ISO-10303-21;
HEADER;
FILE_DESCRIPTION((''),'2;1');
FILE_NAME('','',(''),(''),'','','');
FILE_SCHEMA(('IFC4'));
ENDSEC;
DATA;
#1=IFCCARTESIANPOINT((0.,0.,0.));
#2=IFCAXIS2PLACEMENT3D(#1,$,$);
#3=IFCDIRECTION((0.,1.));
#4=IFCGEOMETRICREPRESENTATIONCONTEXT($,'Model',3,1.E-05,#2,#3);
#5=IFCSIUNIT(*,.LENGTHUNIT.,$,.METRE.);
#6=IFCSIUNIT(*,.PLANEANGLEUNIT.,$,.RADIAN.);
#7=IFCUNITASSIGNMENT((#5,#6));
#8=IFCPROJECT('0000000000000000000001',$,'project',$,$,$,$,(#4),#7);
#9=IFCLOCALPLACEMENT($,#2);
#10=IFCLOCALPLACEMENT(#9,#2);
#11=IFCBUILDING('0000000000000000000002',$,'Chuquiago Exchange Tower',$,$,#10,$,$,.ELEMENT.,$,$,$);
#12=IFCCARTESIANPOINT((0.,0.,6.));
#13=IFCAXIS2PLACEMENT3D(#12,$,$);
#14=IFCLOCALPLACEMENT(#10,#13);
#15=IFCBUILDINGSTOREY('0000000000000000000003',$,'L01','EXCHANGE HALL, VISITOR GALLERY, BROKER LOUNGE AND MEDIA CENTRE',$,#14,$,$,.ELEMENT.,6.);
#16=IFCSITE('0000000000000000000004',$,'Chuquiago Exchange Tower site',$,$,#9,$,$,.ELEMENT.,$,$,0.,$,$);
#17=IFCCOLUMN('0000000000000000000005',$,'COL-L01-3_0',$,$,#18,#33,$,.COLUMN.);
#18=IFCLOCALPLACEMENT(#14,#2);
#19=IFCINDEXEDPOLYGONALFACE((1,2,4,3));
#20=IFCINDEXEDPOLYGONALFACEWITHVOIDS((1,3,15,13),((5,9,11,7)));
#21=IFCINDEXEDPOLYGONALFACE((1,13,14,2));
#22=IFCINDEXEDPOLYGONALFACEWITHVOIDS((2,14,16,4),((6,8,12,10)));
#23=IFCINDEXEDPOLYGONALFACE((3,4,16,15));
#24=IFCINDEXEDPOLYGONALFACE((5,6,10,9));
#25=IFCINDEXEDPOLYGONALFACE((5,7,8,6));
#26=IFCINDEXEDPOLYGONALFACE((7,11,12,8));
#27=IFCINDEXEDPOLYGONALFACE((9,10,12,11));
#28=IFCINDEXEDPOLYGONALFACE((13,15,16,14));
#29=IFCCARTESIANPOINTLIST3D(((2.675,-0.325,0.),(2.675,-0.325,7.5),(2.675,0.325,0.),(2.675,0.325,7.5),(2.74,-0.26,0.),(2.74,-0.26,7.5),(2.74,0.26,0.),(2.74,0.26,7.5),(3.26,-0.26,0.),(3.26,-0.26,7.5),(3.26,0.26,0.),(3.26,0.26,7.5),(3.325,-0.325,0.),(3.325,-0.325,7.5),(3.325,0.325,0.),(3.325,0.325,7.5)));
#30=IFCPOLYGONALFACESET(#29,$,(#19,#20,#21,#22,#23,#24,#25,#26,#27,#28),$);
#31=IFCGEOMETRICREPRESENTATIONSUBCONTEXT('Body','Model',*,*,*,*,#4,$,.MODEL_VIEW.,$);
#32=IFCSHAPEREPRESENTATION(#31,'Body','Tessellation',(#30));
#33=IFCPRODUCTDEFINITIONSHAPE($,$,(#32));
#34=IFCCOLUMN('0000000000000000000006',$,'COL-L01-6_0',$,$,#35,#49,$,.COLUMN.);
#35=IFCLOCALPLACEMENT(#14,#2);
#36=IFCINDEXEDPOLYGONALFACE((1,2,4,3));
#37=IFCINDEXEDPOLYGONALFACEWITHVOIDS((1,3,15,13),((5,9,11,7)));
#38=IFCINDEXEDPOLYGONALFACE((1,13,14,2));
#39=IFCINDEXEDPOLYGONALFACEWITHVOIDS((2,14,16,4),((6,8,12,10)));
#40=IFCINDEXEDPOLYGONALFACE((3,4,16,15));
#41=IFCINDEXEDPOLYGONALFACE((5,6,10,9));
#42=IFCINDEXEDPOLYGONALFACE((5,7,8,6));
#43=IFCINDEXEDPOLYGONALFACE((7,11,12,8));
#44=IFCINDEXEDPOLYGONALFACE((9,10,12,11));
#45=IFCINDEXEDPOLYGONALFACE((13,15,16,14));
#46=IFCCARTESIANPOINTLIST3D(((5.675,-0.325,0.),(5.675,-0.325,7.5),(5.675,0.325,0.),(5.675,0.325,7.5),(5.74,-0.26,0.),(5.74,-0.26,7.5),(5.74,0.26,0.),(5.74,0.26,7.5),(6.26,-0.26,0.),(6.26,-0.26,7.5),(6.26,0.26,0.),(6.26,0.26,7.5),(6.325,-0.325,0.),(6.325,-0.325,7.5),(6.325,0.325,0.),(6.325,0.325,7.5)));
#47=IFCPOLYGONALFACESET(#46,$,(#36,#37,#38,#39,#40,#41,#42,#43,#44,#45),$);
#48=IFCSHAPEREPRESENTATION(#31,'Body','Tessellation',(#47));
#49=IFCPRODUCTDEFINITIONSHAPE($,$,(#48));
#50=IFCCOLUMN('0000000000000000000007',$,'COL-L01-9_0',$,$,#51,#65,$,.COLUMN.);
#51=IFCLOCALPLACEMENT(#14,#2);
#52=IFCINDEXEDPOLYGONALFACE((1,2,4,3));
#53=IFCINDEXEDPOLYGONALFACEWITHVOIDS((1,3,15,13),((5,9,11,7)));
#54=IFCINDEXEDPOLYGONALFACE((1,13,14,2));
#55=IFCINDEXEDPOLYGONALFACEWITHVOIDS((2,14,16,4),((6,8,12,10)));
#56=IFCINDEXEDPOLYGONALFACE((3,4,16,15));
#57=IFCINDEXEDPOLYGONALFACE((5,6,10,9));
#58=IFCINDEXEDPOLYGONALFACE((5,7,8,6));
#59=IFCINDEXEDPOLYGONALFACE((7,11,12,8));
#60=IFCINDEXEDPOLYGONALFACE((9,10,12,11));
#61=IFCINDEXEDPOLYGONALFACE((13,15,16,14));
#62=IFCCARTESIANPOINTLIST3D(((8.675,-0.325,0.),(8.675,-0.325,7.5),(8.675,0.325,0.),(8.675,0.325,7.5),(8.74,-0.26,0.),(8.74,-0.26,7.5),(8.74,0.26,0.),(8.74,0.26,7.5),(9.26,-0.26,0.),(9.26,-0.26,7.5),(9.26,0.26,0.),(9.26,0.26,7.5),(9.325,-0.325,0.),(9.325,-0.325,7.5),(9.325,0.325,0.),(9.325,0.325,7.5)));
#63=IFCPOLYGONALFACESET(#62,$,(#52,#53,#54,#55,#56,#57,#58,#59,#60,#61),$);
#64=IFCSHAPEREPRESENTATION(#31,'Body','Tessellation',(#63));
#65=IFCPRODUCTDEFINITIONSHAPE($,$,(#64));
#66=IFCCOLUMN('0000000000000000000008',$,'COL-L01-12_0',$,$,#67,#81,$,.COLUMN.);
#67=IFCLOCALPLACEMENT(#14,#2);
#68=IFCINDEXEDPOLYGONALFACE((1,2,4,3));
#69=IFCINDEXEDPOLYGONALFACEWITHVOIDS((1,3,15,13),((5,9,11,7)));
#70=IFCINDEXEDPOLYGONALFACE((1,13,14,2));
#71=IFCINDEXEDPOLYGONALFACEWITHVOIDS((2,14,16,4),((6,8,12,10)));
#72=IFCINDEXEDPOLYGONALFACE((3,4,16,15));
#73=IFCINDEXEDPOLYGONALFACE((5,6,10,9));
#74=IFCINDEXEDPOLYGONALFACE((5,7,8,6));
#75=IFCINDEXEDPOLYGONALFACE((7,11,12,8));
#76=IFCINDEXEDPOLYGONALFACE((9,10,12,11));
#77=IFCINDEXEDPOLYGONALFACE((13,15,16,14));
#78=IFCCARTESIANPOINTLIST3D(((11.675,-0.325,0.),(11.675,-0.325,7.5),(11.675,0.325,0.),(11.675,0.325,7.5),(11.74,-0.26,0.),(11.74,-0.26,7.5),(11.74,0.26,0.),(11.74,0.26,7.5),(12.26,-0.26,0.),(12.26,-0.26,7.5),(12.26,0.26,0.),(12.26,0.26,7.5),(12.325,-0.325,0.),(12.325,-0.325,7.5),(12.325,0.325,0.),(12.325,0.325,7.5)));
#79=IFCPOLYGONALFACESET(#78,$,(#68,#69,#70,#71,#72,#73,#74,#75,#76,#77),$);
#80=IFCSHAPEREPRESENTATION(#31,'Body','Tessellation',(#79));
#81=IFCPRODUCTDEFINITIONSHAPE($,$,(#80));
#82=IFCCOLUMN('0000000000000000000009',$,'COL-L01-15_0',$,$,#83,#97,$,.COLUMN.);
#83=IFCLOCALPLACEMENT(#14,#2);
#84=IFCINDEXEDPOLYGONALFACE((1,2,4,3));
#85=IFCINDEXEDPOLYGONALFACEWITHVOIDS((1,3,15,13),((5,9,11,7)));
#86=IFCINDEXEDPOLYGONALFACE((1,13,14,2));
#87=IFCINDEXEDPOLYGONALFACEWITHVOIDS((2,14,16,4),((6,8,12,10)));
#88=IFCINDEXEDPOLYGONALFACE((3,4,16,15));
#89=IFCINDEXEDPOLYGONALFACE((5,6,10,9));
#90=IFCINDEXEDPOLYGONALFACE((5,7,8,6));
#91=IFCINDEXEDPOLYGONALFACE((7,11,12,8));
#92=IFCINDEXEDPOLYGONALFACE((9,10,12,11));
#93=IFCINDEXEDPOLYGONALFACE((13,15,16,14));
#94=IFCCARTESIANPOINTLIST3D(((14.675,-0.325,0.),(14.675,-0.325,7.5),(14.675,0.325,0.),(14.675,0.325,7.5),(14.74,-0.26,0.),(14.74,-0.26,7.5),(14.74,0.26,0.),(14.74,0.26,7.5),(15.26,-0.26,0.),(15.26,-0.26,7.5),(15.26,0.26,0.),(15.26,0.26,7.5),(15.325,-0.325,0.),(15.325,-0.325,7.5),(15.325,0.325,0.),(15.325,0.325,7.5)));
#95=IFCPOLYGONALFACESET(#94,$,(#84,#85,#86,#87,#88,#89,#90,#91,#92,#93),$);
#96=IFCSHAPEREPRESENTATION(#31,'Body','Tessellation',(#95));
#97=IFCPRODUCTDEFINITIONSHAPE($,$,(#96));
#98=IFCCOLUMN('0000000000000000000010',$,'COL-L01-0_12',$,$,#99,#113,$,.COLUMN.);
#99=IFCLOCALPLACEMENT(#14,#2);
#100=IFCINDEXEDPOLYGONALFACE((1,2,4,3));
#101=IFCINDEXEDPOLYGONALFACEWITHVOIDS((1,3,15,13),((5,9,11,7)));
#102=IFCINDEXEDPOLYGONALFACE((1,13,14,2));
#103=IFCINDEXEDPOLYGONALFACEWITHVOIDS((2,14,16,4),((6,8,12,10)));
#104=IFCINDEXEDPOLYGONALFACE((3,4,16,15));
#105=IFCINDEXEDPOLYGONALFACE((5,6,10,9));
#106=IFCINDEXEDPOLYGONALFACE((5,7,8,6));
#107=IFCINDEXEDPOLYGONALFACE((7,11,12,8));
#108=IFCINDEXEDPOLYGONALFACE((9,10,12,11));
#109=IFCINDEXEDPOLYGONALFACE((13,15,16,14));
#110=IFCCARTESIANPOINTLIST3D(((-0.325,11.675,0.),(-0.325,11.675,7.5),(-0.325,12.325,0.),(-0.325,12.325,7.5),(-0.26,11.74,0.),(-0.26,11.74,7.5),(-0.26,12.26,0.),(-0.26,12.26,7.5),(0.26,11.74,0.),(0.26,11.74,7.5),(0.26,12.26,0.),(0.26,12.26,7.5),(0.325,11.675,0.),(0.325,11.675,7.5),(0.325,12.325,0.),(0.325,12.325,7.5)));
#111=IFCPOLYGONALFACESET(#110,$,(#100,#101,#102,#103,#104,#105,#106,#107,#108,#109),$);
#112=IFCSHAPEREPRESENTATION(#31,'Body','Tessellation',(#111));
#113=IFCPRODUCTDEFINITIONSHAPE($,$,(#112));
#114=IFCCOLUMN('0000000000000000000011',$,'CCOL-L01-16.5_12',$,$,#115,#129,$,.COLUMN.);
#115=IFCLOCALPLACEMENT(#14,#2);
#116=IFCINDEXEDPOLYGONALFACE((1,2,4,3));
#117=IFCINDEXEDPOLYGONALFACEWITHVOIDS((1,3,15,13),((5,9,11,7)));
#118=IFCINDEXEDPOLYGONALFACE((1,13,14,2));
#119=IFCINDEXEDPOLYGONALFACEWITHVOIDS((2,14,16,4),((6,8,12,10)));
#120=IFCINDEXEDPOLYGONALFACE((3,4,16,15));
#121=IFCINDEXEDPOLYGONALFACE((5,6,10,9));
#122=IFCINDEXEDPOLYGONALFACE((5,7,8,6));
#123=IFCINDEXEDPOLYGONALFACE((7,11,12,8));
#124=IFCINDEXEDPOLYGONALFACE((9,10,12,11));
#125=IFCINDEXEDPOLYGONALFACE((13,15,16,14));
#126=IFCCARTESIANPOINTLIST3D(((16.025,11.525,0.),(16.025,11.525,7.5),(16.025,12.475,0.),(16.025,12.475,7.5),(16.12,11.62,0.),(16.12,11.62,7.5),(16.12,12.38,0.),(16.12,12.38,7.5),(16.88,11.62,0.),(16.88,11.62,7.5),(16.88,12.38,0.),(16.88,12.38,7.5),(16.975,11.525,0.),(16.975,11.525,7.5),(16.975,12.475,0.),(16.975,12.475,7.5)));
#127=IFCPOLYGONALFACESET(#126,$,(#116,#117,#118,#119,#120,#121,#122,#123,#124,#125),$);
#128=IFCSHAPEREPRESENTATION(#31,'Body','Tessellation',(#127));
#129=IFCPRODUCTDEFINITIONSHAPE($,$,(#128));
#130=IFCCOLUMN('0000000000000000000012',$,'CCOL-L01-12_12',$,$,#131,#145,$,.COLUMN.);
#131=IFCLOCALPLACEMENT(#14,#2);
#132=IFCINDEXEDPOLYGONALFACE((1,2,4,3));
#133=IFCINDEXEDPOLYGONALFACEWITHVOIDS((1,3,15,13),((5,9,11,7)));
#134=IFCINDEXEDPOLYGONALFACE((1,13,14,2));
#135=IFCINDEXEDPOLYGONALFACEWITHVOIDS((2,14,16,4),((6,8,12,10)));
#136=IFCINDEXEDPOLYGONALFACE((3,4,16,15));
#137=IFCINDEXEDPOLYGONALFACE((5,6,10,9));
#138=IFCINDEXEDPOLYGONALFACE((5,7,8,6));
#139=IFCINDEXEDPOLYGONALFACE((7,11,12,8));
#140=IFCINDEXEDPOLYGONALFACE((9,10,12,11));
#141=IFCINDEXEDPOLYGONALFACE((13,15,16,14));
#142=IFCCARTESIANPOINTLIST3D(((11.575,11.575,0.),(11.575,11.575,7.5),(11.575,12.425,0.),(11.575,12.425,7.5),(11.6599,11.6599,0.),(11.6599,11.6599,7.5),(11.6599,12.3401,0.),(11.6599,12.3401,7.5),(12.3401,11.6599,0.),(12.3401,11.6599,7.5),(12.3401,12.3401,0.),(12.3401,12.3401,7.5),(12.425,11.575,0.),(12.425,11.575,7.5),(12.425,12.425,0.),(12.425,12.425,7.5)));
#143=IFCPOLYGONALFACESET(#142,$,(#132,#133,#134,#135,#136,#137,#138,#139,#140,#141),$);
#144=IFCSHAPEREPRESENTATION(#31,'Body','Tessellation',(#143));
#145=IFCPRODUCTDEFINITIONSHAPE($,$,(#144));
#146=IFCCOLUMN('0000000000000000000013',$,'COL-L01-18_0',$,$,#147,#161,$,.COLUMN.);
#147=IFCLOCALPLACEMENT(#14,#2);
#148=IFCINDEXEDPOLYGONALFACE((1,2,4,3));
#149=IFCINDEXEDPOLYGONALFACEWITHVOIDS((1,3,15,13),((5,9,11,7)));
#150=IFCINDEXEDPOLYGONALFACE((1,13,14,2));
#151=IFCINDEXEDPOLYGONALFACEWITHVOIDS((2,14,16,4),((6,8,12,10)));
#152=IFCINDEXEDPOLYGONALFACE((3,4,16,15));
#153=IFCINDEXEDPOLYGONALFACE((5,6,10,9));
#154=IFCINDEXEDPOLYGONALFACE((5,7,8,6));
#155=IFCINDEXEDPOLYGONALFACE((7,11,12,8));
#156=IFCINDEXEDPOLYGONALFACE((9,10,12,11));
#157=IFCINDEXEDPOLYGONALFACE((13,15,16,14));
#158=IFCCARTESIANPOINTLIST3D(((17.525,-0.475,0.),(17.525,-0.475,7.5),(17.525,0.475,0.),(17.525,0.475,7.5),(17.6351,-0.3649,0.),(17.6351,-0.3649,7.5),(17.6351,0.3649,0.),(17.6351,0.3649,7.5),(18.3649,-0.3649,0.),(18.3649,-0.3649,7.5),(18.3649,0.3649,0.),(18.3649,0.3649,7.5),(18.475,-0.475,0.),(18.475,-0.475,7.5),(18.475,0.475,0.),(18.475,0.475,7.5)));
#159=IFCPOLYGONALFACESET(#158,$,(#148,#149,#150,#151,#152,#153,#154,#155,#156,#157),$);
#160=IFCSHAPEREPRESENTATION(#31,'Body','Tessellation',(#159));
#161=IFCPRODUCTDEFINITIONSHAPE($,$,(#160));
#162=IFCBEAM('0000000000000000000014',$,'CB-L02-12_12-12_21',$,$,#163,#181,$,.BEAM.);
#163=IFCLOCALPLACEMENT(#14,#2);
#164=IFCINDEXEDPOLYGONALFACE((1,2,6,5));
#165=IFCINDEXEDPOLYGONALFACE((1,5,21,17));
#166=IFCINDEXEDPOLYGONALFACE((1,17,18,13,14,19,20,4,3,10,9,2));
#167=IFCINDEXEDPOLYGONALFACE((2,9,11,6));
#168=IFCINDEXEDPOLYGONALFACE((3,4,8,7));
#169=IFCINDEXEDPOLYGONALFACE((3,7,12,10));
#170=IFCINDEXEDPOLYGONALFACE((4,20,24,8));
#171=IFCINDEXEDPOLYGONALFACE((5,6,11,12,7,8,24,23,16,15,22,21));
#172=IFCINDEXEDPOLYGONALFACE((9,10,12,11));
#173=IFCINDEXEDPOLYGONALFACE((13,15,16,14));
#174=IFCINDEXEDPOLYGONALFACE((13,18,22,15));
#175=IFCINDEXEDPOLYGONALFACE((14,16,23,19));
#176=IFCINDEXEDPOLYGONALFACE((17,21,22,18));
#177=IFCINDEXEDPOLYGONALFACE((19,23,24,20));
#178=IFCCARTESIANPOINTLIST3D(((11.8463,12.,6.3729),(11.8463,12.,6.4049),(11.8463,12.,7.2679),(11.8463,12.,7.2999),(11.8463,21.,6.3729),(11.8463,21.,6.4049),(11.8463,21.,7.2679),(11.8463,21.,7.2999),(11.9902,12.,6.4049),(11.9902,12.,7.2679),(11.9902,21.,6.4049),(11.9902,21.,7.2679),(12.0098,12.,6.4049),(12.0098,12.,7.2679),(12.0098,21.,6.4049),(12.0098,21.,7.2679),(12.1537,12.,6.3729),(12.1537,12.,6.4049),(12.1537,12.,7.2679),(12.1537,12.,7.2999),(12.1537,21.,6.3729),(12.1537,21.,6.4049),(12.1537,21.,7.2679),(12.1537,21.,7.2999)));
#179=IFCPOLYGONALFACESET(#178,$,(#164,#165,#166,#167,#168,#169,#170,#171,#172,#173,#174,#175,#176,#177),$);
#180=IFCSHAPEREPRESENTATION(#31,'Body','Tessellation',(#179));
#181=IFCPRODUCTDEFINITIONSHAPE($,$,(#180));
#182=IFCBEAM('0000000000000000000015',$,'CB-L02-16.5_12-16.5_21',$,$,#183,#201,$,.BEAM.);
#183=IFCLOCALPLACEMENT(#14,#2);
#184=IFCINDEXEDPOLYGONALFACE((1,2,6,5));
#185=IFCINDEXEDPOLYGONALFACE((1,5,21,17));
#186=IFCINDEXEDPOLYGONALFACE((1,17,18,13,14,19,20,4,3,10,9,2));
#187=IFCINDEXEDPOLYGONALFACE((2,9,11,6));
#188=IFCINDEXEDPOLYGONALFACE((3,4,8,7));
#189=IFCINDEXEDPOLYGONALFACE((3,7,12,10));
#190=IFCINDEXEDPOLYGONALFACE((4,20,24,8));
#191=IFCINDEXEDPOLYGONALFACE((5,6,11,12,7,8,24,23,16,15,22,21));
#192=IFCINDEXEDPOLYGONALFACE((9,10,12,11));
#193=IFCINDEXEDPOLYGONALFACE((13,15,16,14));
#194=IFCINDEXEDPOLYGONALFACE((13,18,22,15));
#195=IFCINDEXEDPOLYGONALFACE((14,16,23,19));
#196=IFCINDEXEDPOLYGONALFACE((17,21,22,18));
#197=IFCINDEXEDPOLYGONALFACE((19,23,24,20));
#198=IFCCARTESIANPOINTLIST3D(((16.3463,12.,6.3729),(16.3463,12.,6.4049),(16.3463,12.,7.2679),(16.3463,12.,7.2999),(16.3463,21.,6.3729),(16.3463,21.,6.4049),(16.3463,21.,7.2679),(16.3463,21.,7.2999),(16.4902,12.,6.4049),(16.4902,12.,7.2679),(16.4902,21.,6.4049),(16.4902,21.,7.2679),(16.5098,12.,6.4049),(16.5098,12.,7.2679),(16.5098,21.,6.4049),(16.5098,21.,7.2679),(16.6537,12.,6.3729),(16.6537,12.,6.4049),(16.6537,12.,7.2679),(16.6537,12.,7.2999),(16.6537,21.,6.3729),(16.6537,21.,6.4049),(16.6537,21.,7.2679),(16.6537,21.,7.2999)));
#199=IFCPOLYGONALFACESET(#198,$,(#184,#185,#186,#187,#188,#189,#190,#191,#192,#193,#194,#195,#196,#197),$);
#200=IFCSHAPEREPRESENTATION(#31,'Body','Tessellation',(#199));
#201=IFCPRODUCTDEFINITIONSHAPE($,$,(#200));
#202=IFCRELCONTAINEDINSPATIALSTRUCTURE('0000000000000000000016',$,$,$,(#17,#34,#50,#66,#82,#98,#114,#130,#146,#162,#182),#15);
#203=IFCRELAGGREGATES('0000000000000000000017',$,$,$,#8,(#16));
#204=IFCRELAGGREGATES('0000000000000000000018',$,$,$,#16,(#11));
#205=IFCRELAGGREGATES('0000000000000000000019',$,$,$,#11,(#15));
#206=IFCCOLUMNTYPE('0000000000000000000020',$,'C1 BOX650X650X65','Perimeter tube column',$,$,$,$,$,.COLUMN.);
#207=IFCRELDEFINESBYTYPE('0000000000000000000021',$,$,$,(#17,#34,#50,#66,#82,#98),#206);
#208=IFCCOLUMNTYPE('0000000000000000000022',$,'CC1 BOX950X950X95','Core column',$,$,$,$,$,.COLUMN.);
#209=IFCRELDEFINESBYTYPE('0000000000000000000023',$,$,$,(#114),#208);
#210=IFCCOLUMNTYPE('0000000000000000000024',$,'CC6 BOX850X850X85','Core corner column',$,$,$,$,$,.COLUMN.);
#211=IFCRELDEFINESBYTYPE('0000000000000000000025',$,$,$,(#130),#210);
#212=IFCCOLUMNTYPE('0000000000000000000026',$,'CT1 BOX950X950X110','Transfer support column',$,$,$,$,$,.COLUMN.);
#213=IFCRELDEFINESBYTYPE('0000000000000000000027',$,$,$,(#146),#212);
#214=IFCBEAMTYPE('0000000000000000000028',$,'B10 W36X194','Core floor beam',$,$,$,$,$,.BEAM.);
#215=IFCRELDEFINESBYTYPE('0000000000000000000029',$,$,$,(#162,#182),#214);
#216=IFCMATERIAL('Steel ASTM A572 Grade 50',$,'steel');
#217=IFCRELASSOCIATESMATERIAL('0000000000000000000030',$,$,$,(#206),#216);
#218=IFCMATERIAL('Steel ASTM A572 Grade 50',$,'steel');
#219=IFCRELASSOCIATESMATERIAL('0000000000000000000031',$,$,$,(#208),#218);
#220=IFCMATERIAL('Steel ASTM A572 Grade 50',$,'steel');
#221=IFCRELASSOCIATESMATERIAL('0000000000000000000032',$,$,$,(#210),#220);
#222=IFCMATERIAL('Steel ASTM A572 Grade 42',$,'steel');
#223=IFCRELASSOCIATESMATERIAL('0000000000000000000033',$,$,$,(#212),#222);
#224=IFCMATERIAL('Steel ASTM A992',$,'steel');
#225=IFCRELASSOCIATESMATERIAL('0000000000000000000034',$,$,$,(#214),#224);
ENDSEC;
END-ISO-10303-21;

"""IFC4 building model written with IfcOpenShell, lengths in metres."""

from ifc_helpers import new_model, si_unit, direction, frame, origin, origin_2d, place, context, subcontext, project, spatial, hollow_rectangle, i_section, extrude, material, material_profile, profile_set, type_object, element, save


model = new_model("IFC4")

# Units and contexts
model_context = context("Model", 3, precision=1e-05, world=origin(), true_north=direction((0.0, 1.0)))
body_context = subcontext(model_context, "Body", "Model", "MODEL_VIEW")
ifc_project = project(units=[si_unit("LENGTHUNIT", "METRE"), si_unit("PLANEANGLEUNIT", "RADIAN")], contexts=[model_context])

# Site, building, storey
site_placement = place(None, origin())
site = spatial("IfcSite", under=ifc_project, at=site_placement, Name="Chuquiago Exchange Tower site", CompositionType="ELEMENT", RefElevation=0.0)
building_placement = place(site_placement, origin())
building = spatial("IfcBuilding", under=site, at=building_placement, Name="Chuquiago Exchange Tower", CompositionType="ELEMENT")
storey_placement = place(building_placement, frame((0.0, 0.0, 6.0)))
storey = spatial("IfcBuildingStorey", under=building, at=storey_placement, Name="L01", Description="EXCHANGE HALL, VISITOR GALLERY, BROKER LOUNGE AND MEDIA CENTRE", CompositionType="ELEMENT", Elevation=6.0)

# Columns
ifc_material_1 = material(Name="Steel ASTM A572 Grade 50", Category="steel")
ifc_material_profile_1 = material_profile(ifc_material_1, hollow_rectangle(XDim=0.6499, YDim=0.6499, WallThickness=0.0649, at=origin_2d()), Name="BOX650X650X65")
ifc_profile_set_1 = profile_set([ifc_material_profile_1], Name="Steel ASTM A572 Grade 50")
column_type_1 = type_object("IfcColumnType", Name="C1 BOX650X650X65", Description="Perimeter tube column", PredefinedType="COLUMN", material=ifc_profile_set_1)
for number, where, z_axis, x_axis, name in (
    (1, (3.0, 0.0, 0.0), (0.0, 0.0, 1.0), (0.0, -1.0, 0.0), "COL-L01-3_0"),
    (2, (6.0, 0.0, 0.0), (0.0, 0.0, 1.0), (0.0, -1.0, 0.0), "COL-L01-6_0"),
    (3, (9.0, 0.0, 0.0), (0.0, 0.0, 1.0), (0.0, -1.0, 0.0), "COL-L01-9_0"),
    (4, (12.0, 0.0, 0.0), (0.0, 0.0, 1.0), (0.0, -1.0, 0.0), "COL-L01-12_0"),
    (5, (15.0, 0.0, 0.0), (0.0, 0.0, 1.0), (0.0, -1.0, 0.0), "COL-L01-15_0"),
    (6, (0.0, 12.0, 0.0), (0.0, 0.0, 1.0), (-1.0, 0.0, 0.0), "COL-L01-0_12"),
):
    element("IfcColumn", number, at=place(storey_placement, frame(where, z_axis=z_axis, x_axis=x_axis)), inside=storey, type_object=column_type_1, Name=name, PredefinedType="COLUMN", context=body_context, shape_type="SweptSolid", body=[
        extrude(hollow_rectangle(XDim=0.6499, YDim=0.6499, WallThickness=0.0649, at=origin_2d()), origin(), (0.0, 0.0, 1.0), 7.5),
    ])
ifc_material_2 = material(Name="Steel ASTM A572 Grade 50", Category="steel")
ifc_material_profile_2 = material_profile(ifc_material_2, hollow_rectangle(XDim=0.95, YDim=0.95, WallThickness=0.095, at=origin_2d()), Name="BOX950X950X95")
ifc_profile_set_2 = profile_set([ifc_material_profile_2], Name="Steel ASTM A572 Grade 50")
column_type_2 = type_object("IfcColumnType", Name="CC1 BOX950X950X95", Description="Core column", PredefinedType="COLUMN", material=ifc_profile_set_2)
column_1_placement = place(storey_placement, frame((16.5, 12.0, 0.0), z_axis=(0.0, 0.0, 1.0), x_axis=(1.0, 0.0, 0.0)))
element("IfcColumn", 7, at=column_1_placement, inside=storey, type_object=column_type_2, Name="CCOL-L01-16.5_12", PredefinedType="COLUMN", context=body_context, shape_type="SweptSolid", body=[
    extrude(hollow_rectangle(XDim=0.95, YDim=0.95, WallThickness=0.095, at=origin_2d()), origin(), (0.0, 0.0, 1.0), 7.5),
])
ifc_material_3 = material(Name="Steel ASTM A572 Grade 50", Category="steel")
ifc_material_profile_3 = material_profile(ifc_material_3, hollow_rectangle(XDim=0.8501, YDim=0.8501, WallThickness=0.085, at=origin_2d()), Name="BOX850X850X85")
ifc_profile_set_3 = profile_set([ifc_material_profile_3], Name="Steel ASTM A572 Grade 50")
column_type_3 = type_object("IfcColumnType", Name="CC6 BOX850X850X85", Description="Core corner column", PredefinedType="COLUMN", material=ifc_profile_set_3)
column_2_placement = place(storey_placement, frame((12.0, 12.0, 0.0), z_axis=(0.0, 0.0, 1.0), x_axis=(1.0, 0.0, 0.0)))
element("IfcColumn", 8, at=column_2_placement, inside=storey, type_object=column_type_3, Name="CCOL-L01-12_12", PredefinedType="COLUMN", context=body_context, shape_type="SweptSolid", body=[
    extrude(hollow_rectangle(XDim=0.8501, YDim=0.8501, WallThickness=0.085, at=origin_2d()), origin(), (0.0, 0.0, 1.0), 7.5),
])
ifc_material_4 = material(Name="Steel ASTM A572 Grade 42", Category="steel")
ifc_material_profile_4 = material_profile(ifc_material_4, hollow_rectangle(XDim=0.95, YDim=0.95, WallThickness=0.1101, at=origin_2d()), Name="BOX950X950X110")
ifc_profile_set_4 = profile_set([ifc_material_profile_4], Name="Steel ASTM A572 Grade 42")
column_type_4 = type_object("IfcColumnType", Name="CT1 BOX950X950X110", Description="Transfer support column", PredefinedType="COLUMN", material=ifc_profile_set_4)
column_3_placement = place(storey_placement, frame((18.0, 0.0, 0.0), z_axis=(0.0, 0.0, 1.0), x_axis=(0.0, -1.0, 0.0)))
element("IfcColumn", 9, at=column_3_placement, inside=storey, type_object=column_type_4, Name="COL-L01-18_0", PredefinedType="COLUMN", context=body_context, shape_type="SweptSolid", body=[
    extrude(hollow_rectangle(XDim=0.95, YDim=0.95, WallThickness=0.1101, at=origin_2d()), origin(), (0.0, 0.0, 1.0), 7.5),
])

# Beams
ifc_material_5 = material(Name="Steel ASTM A992", Category="steel")
ifc_material_profile_5 = material_profile(ifc_material_5, i_section(OverallWidth=0.3074, OverallDepth=0.927, WebThickness=0.0195, FlangeThickness=0.032, at=origin_2d()), Name="W36X194")
ifc_profile_set_5 = profile_set([ifc_material_profile_5], Name="Steel ASTM A992")
beam_type_1 = type_object("IfcBeamType", Name="B10 W36X194", Description="Core floor beam", PredefinedType="BEAM", material=ifc_profile_set_5)
for number, where, z_axis, x_axis, name in (
    (10, (12.0, 12.0, 6.8364), (0.0, 1.0, 0.0), (-1.0, 0.0, 0.0), "CB-L02-12_12-12_21"),
    (11, (16.5, 12.0, 6.8364), (0.0, 1.0, 0.0), (-1.0, 0.0, 0.0), "CB-L02-16.5_12-16.5_21"),
):
    element("IfcBeam", number, at=place(storey_placement, frame(where, z_axis=z_axis, x_axis=x_axis)), inside=storey, type_object=beam_type_1, Name=name, PredefinedType="BEAM", context=body_context, shape_type="SweptSolid", body=[
        extrude(i_section(OverallWidth=0.3074, OverallDepth=0.927, WebThickness=0.0195, FlangeThickness=0.032, at=origin_2d()), origin(), (0.0, 0.0, 1.0), 9.0),
    ])

save(model, "model.ifc")
